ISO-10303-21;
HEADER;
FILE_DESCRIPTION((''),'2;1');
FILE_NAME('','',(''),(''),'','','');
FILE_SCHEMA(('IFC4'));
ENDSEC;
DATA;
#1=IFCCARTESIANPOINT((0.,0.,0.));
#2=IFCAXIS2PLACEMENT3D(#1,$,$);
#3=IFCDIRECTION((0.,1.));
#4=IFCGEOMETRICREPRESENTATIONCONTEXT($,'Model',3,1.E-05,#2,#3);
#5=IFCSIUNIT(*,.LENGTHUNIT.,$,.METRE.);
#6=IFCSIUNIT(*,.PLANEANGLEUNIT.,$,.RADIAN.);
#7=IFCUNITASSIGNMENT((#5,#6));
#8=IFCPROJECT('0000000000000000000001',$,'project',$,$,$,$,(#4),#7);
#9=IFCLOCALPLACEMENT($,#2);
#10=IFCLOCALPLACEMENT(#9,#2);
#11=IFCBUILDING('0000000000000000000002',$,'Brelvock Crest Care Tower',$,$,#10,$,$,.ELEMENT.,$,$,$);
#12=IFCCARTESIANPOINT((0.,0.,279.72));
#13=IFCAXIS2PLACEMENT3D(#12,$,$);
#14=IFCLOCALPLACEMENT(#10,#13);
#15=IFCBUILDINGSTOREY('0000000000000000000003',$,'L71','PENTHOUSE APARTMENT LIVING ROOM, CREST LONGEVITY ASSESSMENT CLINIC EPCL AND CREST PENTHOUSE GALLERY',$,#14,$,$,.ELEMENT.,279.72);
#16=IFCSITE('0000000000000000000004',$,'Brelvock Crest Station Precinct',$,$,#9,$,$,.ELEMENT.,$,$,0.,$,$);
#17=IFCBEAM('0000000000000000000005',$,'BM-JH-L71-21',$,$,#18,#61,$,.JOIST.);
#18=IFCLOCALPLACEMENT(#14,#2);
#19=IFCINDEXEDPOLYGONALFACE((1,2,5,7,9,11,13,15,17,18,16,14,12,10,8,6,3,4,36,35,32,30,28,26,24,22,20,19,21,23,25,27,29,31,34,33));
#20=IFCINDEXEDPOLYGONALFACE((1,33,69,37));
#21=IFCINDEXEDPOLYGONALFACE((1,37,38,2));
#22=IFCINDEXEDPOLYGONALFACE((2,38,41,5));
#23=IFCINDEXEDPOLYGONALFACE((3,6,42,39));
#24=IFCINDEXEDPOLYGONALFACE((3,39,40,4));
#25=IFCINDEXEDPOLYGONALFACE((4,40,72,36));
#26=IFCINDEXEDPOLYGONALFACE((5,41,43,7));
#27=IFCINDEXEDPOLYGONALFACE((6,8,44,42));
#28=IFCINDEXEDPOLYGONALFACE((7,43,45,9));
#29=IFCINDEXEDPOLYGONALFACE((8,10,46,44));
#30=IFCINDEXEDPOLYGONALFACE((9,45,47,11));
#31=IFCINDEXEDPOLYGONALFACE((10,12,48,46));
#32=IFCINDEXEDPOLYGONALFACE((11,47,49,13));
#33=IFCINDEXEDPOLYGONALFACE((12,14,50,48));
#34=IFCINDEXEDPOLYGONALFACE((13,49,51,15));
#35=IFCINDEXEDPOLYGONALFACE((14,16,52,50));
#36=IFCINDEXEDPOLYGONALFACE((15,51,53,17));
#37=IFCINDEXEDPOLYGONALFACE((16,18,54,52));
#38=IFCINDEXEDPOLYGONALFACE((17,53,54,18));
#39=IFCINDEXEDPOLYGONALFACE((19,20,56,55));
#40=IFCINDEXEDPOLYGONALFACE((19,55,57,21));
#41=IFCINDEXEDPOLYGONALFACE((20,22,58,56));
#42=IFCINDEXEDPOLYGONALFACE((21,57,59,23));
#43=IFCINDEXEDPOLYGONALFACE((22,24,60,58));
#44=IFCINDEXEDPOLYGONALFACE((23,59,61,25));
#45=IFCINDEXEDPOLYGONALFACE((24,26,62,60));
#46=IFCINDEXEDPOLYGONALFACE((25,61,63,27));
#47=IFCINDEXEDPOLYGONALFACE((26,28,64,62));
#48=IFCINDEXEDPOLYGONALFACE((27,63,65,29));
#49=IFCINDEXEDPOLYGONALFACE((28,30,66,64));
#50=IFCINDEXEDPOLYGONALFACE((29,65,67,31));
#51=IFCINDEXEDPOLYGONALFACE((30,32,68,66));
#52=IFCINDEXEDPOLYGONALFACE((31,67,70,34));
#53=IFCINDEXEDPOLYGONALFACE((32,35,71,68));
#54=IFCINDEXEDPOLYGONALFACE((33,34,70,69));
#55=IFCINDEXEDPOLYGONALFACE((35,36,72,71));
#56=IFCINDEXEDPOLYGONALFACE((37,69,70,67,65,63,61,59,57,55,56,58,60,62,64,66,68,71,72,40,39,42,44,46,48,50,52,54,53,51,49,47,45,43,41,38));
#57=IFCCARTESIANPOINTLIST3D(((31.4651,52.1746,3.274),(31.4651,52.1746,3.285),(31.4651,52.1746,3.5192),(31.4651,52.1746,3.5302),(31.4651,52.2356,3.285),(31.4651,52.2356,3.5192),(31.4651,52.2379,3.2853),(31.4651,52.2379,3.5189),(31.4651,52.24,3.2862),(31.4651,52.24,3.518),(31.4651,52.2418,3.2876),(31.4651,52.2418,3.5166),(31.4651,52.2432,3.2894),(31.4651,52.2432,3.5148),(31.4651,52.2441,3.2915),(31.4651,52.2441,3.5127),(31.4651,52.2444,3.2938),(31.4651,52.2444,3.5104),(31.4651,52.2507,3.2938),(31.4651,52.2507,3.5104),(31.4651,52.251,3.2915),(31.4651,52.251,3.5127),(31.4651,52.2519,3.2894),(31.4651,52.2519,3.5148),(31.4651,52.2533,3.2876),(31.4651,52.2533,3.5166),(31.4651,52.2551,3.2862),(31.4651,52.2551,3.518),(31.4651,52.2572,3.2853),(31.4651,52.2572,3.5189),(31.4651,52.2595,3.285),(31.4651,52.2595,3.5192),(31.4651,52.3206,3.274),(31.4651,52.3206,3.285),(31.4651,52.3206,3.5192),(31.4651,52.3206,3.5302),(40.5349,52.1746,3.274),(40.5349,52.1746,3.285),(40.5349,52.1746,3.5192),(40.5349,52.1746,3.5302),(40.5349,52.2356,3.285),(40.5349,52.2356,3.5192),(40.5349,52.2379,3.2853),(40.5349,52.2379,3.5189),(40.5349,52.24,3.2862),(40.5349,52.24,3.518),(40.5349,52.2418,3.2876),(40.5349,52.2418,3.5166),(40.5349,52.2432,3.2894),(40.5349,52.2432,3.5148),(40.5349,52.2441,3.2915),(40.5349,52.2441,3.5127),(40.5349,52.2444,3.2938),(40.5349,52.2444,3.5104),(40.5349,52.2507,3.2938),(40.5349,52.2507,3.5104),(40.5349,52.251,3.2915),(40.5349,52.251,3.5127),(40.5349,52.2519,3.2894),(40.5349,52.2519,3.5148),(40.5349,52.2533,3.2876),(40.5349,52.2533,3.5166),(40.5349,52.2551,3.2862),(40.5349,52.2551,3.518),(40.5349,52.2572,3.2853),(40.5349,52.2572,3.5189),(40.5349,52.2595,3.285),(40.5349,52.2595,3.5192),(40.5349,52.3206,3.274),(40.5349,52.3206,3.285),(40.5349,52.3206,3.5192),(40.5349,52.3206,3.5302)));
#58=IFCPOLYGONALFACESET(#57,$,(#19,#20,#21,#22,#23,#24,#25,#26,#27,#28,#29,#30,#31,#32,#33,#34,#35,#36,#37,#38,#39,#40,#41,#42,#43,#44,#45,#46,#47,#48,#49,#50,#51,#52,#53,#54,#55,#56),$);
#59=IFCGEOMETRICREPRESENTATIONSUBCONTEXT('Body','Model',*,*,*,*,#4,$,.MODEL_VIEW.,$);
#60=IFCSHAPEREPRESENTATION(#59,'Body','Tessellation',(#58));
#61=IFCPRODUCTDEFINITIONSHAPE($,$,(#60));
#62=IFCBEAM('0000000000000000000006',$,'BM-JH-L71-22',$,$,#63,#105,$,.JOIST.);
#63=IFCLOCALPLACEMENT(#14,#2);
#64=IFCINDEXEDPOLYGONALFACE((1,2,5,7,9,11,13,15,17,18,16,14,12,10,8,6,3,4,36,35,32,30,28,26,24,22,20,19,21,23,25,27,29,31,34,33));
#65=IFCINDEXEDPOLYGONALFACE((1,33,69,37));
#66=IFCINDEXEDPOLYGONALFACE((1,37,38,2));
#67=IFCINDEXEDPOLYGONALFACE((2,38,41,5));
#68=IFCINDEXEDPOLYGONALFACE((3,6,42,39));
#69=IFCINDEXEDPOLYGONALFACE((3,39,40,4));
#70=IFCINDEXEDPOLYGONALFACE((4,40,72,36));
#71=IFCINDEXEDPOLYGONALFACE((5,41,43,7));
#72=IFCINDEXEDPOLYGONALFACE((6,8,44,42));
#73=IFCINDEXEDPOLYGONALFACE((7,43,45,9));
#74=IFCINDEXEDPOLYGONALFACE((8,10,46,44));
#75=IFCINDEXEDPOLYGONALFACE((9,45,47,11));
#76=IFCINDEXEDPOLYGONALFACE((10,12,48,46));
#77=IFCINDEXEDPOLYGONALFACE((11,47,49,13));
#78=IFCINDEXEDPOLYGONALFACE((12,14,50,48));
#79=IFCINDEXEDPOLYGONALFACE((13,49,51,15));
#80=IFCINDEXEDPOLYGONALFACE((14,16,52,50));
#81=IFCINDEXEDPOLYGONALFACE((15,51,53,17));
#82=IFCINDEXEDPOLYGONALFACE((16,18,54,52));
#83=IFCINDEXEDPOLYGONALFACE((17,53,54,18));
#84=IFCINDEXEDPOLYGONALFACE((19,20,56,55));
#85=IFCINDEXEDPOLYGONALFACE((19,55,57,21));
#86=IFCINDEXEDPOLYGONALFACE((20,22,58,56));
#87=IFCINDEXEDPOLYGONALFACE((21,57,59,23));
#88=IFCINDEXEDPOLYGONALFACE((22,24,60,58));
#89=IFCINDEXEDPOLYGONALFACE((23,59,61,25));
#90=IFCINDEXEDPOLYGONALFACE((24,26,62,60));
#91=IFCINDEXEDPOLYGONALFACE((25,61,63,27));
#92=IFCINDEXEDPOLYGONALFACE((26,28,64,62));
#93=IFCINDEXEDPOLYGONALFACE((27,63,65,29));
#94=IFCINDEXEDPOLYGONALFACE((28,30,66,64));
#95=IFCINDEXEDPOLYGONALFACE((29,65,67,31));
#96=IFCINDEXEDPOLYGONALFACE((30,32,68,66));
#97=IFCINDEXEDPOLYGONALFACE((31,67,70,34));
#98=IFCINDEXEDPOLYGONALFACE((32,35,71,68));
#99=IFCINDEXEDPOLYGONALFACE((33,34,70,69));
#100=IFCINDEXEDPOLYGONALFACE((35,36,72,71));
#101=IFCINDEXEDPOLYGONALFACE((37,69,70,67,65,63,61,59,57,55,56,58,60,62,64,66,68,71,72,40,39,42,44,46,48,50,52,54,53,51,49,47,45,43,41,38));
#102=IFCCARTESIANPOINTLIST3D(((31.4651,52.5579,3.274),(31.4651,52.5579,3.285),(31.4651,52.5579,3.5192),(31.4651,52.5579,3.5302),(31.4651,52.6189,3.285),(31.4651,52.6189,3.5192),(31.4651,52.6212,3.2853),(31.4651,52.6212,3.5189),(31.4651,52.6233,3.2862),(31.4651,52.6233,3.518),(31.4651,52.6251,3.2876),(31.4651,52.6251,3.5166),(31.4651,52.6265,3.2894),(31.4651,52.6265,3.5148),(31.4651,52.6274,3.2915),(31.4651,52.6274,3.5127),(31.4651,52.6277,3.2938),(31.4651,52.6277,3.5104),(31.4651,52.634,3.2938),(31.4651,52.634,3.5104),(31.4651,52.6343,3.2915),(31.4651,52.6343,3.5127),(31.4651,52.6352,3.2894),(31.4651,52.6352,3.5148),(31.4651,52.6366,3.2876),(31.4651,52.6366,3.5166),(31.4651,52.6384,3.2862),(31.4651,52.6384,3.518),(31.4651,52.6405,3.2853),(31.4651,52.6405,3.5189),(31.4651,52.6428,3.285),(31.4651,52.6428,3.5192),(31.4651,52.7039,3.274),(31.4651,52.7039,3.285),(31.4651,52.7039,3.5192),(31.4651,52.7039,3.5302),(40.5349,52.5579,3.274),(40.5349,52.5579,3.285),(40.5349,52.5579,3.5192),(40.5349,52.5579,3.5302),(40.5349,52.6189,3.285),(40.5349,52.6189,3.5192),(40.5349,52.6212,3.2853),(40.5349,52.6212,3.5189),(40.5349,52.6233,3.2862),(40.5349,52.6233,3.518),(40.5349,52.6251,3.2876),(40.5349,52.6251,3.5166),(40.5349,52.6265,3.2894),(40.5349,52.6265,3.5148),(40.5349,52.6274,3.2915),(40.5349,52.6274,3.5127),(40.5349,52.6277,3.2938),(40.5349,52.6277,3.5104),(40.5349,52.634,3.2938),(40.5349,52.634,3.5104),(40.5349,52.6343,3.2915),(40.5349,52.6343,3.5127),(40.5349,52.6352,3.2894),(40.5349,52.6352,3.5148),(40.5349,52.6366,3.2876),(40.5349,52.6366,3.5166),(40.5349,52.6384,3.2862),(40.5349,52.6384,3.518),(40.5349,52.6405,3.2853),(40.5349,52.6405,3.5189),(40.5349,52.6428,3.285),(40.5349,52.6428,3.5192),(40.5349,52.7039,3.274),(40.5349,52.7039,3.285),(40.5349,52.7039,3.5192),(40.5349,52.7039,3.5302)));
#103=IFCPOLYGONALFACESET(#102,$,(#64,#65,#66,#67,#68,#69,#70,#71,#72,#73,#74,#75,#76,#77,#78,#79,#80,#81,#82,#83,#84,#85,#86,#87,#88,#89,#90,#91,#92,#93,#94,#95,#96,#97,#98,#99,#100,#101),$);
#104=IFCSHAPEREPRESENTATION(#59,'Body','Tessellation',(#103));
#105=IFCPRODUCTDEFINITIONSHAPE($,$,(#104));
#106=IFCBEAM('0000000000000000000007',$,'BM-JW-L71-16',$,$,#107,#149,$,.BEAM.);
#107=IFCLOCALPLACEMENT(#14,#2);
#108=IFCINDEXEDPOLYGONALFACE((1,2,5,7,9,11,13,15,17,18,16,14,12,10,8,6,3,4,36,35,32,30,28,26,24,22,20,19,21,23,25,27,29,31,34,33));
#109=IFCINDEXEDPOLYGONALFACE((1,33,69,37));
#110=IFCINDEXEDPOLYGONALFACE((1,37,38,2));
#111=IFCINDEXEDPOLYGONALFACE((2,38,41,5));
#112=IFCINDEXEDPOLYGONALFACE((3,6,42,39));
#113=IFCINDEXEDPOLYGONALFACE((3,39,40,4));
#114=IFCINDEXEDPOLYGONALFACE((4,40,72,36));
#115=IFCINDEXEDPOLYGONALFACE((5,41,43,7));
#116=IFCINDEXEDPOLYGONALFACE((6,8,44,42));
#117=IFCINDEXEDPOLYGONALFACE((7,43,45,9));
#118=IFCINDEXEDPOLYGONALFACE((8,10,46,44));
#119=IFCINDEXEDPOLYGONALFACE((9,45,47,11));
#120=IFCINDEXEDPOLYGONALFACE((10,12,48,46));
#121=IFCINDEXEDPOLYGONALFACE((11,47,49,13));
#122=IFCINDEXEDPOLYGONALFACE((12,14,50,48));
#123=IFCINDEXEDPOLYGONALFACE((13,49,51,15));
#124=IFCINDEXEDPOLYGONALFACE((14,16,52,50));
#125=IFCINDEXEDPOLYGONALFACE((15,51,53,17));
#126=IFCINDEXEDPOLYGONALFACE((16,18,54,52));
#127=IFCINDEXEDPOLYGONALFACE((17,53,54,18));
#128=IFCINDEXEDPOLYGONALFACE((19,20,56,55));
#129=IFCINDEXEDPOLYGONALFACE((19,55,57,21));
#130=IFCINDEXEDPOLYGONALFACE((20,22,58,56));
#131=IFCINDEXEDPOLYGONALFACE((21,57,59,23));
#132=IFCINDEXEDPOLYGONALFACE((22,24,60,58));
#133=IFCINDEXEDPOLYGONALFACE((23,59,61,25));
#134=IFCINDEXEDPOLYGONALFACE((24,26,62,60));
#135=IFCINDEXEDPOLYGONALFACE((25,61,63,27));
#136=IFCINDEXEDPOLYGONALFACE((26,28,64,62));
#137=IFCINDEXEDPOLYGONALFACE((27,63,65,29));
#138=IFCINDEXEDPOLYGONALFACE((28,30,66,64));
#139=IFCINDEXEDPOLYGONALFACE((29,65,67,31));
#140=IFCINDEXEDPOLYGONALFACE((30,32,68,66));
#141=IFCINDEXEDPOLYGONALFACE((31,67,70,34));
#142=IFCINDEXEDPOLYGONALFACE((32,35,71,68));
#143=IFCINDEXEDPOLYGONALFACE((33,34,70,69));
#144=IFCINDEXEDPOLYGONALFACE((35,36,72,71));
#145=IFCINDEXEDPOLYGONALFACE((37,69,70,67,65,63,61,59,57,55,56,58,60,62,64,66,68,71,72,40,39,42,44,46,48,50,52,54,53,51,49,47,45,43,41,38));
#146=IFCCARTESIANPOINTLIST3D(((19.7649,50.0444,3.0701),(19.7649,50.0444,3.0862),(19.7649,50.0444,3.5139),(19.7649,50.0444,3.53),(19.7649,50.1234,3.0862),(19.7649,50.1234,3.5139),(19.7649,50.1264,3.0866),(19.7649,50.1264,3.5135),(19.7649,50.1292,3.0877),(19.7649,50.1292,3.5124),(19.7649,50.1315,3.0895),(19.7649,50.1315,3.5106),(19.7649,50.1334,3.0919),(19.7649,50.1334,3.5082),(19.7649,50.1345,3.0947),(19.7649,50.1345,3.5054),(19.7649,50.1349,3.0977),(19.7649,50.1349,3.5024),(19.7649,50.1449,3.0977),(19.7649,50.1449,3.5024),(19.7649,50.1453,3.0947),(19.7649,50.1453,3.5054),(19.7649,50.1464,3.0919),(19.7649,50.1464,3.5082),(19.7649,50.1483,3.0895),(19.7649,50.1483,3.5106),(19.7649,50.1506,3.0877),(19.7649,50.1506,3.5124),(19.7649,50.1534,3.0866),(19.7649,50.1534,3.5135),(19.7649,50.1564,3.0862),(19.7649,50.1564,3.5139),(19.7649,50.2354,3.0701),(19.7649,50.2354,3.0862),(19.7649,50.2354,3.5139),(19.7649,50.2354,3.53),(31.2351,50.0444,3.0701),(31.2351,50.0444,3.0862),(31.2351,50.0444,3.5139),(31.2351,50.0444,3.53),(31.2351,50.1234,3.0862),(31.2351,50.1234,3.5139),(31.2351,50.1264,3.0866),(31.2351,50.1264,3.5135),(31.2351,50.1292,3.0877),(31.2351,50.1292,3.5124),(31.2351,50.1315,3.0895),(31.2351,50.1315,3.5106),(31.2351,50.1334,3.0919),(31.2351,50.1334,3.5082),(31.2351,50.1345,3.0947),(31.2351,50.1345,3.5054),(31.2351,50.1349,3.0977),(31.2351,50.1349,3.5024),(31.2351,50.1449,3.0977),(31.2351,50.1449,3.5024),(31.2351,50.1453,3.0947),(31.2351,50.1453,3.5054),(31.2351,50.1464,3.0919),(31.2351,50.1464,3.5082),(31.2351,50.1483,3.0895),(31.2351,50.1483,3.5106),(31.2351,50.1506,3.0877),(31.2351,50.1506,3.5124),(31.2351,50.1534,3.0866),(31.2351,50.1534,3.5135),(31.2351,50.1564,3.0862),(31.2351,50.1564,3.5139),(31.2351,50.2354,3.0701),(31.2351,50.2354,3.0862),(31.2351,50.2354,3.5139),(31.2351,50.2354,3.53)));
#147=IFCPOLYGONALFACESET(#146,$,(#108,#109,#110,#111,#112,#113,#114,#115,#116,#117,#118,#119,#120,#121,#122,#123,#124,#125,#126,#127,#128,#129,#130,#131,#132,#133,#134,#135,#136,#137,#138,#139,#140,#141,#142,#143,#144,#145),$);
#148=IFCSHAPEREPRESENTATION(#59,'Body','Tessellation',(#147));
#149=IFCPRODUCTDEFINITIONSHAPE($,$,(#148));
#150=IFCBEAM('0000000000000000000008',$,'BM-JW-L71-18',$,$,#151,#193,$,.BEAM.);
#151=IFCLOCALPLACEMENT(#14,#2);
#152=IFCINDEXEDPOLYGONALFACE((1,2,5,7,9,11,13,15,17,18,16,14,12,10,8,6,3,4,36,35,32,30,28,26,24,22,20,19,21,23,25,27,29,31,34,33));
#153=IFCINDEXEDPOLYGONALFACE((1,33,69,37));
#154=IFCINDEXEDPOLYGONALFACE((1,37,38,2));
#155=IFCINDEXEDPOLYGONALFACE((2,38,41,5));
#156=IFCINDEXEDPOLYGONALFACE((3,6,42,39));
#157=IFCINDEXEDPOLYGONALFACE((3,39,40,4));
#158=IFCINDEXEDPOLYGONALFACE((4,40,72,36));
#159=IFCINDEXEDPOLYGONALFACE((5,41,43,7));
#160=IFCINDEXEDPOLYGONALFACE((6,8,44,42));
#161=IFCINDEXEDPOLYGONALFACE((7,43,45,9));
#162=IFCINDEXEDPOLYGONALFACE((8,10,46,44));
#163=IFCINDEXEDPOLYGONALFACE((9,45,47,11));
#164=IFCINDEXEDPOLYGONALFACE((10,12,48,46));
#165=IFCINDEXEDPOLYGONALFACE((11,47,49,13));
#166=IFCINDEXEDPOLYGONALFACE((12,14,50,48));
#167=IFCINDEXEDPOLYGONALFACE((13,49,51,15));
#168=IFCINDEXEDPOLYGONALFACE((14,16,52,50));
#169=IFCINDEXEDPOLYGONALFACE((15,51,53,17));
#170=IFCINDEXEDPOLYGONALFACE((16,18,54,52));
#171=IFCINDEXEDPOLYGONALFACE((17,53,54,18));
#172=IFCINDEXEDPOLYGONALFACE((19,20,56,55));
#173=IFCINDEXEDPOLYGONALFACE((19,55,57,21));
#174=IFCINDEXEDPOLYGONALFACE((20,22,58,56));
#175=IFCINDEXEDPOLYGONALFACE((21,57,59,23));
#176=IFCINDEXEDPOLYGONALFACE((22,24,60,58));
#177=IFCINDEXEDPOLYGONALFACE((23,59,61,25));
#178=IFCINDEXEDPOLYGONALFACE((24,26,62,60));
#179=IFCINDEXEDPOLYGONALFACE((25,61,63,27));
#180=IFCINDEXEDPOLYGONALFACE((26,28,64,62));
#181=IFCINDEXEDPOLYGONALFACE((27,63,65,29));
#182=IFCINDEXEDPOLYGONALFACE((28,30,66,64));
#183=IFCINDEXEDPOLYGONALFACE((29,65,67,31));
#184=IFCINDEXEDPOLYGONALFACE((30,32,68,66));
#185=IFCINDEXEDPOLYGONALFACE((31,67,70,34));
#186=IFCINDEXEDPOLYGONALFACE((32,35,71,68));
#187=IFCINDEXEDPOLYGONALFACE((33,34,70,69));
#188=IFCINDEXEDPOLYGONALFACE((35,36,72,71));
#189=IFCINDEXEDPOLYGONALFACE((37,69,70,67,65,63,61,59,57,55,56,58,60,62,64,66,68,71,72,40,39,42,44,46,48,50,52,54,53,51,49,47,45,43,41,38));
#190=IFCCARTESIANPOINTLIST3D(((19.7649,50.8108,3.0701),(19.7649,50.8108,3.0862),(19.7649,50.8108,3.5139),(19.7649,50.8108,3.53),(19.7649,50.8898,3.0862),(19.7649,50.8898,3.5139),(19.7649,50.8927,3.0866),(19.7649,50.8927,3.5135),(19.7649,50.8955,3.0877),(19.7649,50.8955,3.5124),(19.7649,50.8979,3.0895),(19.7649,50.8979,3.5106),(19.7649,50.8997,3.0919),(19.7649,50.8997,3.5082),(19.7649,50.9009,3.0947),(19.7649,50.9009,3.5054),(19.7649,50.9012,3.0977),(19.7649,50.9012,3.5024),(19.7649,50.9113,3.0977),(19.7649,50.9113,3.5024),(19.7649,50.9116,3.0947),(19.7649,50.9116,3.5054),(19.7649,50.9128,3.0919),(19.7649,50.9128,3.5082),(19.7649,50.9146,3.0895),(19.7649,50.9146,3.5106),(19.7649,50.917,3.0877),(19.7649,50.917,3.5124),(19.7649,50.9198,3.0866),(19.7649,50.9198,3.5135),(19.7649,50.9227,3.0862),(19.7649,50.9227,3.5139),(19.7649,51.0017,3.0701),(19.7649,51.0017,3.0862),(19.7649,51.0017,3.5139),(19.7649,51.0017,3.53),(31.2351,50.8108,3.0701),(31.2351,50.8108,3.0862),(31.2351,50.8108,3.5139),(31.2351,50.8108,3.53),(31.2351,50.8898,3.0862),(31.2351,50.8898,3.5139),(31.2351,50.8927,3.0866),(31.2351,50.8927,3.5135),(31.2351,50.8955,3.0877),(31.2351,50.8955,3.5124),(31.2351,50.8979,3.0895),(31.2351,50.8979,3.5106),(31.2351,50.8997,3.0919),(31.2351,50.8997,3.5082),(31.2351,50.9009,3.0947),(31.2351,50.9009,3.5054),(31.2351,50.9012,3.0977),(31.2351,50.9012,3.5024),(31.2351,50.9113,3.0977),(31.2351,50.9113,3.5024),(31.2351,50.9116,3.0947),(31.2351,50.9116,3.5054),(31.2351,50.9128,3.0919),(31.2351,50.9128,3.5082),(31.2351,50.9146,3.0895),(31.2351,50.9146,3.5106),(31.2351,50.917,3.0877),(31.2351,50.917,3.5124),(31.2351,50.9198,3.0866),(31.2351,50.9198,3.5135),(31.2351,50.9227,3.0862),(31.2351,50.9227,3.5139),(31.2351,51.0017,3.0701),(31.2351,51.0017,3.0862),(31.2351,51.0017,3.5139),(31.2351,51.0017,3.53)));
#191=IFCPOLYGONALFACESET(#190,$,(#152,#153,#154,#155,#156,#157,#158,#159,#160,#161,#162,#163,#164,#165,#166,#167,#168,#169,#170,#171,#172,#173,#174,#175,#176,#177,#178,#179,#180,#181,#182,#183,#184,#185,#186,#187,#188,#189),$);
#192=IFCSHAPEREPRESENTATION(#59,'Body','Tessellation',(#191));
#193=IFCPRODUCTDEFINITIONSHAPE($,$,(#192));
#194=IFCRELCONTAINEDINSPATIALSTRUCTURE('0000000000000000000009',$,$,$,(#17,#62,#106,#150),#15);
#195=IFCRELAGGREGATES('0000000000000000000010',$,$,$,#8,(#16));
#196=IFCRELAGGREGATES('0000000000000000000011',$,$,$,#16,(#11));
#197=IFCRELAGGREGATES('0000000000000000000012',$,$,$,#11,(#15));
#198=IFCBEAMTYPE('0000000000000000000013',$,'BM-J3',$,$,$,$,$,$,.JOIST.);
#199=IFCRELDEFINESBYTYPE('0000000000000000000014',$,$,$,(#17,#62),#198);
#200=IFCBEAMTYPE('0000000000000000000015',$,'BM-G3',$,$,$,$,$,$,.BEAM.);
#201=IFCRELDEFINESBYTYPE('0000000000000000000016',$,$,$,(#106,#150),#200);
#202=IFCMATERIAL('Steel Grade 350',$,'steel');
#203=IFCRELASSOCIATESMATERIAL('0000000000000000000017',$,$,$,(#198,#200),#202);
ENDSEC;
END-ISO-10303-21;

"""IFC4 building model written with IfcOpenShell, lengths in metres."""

from ifc_helpers import new_model, si_unit, direction, frame, origin, origin_2d, place, context, subcontext, project, spatial, i_section, extrude, source, transform, mapped, material, material_profile, profile_set, type_object, element, save


model = new_model("IFC4")

# Units and contexts
model_context = context("Model", 3, precision=1e-05, world=origin(), true_north=direction((0.0, 1.0)))
body_context = subcontext(model_context, "Body", "Model", "MODEL_VIEW")
ifc_project = project(units=[si_unit("LENGTHUNIT", "METRE"), si_unit("PLANEANGLEUNIT", "RADIAN")], contexts=[model_context])

# Site, building, storey
site_placement = place(None, origin())
site = spatial("IfcSite", under=ifc_project, at=site_placement, Name="Brelvock Crest Station Precinct", CompositionType="ELEMENT", RefElevation=0.0)
building_placement = place(site_placement, origin())
building = spatial("IfcBuilding", under=site, at=building_placement, Name="Brelvock Crest Care Tower", CompositionType="ELEMENT")
storey_placement = place(building_placement, frame((0.0, 0.0, 279.72)))
storey = spatial("IfcBuildingStorey", under=building, at=storey_placement, Name="L71", Description="PENTHOUSE APARTMENT LIVING ROOM, CREST LONGEVITY ASSESSMENT CLINIC EPCL AND CREST PENTHOUSE GALLERY", CompositionType="ELEMENT", Elevation=279.72)

# Beams
ifc_material_1 = material(Name="Steel Grade 350", Category="steel")
ifc_material_profile_1 = material_profile(ifc_material_1, i_section(OverallWidth=0.146, OverallDepth=0.2561, WebThickness=0.0063, FlangeThickness=0.011, FilletRadius=0.0088, at=origin_2d()), Name="250UB37.3")
ifc_profile_set_1 = profile_set([ifc_material_profile_1], Name="Steel Grade 350")
beam_type_1 = type_object("IfcBeamType", Name="BM-J3", PredefinedType="JOIST", material=ifc_profile_set_1)
shared_shape_1 = source(origin(), body_context, "Body", "SweptSolid", [
    extrude(i_section(OverallWidth=0.146, OverallDepth=0.2561, WebThickness=0.0063, FlangeThickness=0.011, FilletRadius=0.0088, at=origin_2d()), origin(), (0.0, 0.0, 1.0), 9.0698),
])
for number, where, z_axis, x_axis, name in (
    (1, (31.4651, 52.2476, 3.4021), (1.0, 0.0, 0.0), (0.0, 1.0, 0.0), "BM-JH-L71-21"),
    (2, (31.4651, 52.6309, 3.4021), (1.0, 0.0, 0.0), (0.0, 1.0, 0.0), "BM-JH-L71-22"),
):
    element("IfcBeam", number, at=place(storey_placement, frame(where, z_axis=z_axis, x_axis=x_axis)), inside=storey, type_object=beam_type_1, Name=name, PredefinedType="JOIST", context=body_context, shape_type="MappedRepresentation", body=[
        mapped(shared_shape_1, transform((0.0, 0.0, 0.0), x_axis=(1.0, 0.0, 0.0), y_axis=(0.0, 1.0, 0.0), z_axis=(0.0, 0.0, 1.0), scale=1.0)),
    ])
ifc_material_profile_2 = material_profile(ifc_material_1, i_section(OverallWidth=0.1909, OverallDepth=0.46, WebThickness=0.01, FlangeThickness=0.0161, FilletRadius=0.0115, at=origin_2d()), Name="460UB82.1")
ifc_profile_set_2 = profile_set([ifc_material_profile_2], Name="Steel Grade 350")
beam_type_2 = type_object("IfcBeamType", Name="BM-G3", PredefinedType="BEAM", material=ifc_profile_set_2)
shared_shape_2 = source(origin(), body_context, "Body", "SweptSolid", [
    extrude(i_section(OverallWidth=0.1909, OverallDepth=0.46, WebThickness=0.01, FlangeThickness=0.0161, FilletRadius=0.0115, at=origin_2d()), origin(), (0.0, 0.0, 1.0), 11.4702),
])
for number, where, z_axis, x_axis, name in (
    (3, (19.7649, 50.1399, 3.3), (1.0, 0.0, 0.0), (0.0, 1.0, 0.0), "BM-JW-L71-16"),
    (4, (19.7649, 50.9062, 3.3), (1.0, 0.0, 0.0), (0.0, 1.0, 0.0), "BM-JW-L71-18"),
):
    element("IfcBeam", number, at=place(storey_placement, frame(where, z_axis=z_axis, x_axis=x_axis)), inside=storey, type_object=beam_type_2, Name=name, PredefinedType="BEAM", context=body_context, shape_type="MappedRepresentation", body=[
        mapped(shared_shape_2, transform((0.0, 0.0, 0.0), x_axis=(1.0, 0.0, 0.0), y_axis=(0.0, 1.0, 0.0), z_axis=(0.0, 0.0, 1.0), scale=1.0)),
    ])

save(model, "model.ifc")
